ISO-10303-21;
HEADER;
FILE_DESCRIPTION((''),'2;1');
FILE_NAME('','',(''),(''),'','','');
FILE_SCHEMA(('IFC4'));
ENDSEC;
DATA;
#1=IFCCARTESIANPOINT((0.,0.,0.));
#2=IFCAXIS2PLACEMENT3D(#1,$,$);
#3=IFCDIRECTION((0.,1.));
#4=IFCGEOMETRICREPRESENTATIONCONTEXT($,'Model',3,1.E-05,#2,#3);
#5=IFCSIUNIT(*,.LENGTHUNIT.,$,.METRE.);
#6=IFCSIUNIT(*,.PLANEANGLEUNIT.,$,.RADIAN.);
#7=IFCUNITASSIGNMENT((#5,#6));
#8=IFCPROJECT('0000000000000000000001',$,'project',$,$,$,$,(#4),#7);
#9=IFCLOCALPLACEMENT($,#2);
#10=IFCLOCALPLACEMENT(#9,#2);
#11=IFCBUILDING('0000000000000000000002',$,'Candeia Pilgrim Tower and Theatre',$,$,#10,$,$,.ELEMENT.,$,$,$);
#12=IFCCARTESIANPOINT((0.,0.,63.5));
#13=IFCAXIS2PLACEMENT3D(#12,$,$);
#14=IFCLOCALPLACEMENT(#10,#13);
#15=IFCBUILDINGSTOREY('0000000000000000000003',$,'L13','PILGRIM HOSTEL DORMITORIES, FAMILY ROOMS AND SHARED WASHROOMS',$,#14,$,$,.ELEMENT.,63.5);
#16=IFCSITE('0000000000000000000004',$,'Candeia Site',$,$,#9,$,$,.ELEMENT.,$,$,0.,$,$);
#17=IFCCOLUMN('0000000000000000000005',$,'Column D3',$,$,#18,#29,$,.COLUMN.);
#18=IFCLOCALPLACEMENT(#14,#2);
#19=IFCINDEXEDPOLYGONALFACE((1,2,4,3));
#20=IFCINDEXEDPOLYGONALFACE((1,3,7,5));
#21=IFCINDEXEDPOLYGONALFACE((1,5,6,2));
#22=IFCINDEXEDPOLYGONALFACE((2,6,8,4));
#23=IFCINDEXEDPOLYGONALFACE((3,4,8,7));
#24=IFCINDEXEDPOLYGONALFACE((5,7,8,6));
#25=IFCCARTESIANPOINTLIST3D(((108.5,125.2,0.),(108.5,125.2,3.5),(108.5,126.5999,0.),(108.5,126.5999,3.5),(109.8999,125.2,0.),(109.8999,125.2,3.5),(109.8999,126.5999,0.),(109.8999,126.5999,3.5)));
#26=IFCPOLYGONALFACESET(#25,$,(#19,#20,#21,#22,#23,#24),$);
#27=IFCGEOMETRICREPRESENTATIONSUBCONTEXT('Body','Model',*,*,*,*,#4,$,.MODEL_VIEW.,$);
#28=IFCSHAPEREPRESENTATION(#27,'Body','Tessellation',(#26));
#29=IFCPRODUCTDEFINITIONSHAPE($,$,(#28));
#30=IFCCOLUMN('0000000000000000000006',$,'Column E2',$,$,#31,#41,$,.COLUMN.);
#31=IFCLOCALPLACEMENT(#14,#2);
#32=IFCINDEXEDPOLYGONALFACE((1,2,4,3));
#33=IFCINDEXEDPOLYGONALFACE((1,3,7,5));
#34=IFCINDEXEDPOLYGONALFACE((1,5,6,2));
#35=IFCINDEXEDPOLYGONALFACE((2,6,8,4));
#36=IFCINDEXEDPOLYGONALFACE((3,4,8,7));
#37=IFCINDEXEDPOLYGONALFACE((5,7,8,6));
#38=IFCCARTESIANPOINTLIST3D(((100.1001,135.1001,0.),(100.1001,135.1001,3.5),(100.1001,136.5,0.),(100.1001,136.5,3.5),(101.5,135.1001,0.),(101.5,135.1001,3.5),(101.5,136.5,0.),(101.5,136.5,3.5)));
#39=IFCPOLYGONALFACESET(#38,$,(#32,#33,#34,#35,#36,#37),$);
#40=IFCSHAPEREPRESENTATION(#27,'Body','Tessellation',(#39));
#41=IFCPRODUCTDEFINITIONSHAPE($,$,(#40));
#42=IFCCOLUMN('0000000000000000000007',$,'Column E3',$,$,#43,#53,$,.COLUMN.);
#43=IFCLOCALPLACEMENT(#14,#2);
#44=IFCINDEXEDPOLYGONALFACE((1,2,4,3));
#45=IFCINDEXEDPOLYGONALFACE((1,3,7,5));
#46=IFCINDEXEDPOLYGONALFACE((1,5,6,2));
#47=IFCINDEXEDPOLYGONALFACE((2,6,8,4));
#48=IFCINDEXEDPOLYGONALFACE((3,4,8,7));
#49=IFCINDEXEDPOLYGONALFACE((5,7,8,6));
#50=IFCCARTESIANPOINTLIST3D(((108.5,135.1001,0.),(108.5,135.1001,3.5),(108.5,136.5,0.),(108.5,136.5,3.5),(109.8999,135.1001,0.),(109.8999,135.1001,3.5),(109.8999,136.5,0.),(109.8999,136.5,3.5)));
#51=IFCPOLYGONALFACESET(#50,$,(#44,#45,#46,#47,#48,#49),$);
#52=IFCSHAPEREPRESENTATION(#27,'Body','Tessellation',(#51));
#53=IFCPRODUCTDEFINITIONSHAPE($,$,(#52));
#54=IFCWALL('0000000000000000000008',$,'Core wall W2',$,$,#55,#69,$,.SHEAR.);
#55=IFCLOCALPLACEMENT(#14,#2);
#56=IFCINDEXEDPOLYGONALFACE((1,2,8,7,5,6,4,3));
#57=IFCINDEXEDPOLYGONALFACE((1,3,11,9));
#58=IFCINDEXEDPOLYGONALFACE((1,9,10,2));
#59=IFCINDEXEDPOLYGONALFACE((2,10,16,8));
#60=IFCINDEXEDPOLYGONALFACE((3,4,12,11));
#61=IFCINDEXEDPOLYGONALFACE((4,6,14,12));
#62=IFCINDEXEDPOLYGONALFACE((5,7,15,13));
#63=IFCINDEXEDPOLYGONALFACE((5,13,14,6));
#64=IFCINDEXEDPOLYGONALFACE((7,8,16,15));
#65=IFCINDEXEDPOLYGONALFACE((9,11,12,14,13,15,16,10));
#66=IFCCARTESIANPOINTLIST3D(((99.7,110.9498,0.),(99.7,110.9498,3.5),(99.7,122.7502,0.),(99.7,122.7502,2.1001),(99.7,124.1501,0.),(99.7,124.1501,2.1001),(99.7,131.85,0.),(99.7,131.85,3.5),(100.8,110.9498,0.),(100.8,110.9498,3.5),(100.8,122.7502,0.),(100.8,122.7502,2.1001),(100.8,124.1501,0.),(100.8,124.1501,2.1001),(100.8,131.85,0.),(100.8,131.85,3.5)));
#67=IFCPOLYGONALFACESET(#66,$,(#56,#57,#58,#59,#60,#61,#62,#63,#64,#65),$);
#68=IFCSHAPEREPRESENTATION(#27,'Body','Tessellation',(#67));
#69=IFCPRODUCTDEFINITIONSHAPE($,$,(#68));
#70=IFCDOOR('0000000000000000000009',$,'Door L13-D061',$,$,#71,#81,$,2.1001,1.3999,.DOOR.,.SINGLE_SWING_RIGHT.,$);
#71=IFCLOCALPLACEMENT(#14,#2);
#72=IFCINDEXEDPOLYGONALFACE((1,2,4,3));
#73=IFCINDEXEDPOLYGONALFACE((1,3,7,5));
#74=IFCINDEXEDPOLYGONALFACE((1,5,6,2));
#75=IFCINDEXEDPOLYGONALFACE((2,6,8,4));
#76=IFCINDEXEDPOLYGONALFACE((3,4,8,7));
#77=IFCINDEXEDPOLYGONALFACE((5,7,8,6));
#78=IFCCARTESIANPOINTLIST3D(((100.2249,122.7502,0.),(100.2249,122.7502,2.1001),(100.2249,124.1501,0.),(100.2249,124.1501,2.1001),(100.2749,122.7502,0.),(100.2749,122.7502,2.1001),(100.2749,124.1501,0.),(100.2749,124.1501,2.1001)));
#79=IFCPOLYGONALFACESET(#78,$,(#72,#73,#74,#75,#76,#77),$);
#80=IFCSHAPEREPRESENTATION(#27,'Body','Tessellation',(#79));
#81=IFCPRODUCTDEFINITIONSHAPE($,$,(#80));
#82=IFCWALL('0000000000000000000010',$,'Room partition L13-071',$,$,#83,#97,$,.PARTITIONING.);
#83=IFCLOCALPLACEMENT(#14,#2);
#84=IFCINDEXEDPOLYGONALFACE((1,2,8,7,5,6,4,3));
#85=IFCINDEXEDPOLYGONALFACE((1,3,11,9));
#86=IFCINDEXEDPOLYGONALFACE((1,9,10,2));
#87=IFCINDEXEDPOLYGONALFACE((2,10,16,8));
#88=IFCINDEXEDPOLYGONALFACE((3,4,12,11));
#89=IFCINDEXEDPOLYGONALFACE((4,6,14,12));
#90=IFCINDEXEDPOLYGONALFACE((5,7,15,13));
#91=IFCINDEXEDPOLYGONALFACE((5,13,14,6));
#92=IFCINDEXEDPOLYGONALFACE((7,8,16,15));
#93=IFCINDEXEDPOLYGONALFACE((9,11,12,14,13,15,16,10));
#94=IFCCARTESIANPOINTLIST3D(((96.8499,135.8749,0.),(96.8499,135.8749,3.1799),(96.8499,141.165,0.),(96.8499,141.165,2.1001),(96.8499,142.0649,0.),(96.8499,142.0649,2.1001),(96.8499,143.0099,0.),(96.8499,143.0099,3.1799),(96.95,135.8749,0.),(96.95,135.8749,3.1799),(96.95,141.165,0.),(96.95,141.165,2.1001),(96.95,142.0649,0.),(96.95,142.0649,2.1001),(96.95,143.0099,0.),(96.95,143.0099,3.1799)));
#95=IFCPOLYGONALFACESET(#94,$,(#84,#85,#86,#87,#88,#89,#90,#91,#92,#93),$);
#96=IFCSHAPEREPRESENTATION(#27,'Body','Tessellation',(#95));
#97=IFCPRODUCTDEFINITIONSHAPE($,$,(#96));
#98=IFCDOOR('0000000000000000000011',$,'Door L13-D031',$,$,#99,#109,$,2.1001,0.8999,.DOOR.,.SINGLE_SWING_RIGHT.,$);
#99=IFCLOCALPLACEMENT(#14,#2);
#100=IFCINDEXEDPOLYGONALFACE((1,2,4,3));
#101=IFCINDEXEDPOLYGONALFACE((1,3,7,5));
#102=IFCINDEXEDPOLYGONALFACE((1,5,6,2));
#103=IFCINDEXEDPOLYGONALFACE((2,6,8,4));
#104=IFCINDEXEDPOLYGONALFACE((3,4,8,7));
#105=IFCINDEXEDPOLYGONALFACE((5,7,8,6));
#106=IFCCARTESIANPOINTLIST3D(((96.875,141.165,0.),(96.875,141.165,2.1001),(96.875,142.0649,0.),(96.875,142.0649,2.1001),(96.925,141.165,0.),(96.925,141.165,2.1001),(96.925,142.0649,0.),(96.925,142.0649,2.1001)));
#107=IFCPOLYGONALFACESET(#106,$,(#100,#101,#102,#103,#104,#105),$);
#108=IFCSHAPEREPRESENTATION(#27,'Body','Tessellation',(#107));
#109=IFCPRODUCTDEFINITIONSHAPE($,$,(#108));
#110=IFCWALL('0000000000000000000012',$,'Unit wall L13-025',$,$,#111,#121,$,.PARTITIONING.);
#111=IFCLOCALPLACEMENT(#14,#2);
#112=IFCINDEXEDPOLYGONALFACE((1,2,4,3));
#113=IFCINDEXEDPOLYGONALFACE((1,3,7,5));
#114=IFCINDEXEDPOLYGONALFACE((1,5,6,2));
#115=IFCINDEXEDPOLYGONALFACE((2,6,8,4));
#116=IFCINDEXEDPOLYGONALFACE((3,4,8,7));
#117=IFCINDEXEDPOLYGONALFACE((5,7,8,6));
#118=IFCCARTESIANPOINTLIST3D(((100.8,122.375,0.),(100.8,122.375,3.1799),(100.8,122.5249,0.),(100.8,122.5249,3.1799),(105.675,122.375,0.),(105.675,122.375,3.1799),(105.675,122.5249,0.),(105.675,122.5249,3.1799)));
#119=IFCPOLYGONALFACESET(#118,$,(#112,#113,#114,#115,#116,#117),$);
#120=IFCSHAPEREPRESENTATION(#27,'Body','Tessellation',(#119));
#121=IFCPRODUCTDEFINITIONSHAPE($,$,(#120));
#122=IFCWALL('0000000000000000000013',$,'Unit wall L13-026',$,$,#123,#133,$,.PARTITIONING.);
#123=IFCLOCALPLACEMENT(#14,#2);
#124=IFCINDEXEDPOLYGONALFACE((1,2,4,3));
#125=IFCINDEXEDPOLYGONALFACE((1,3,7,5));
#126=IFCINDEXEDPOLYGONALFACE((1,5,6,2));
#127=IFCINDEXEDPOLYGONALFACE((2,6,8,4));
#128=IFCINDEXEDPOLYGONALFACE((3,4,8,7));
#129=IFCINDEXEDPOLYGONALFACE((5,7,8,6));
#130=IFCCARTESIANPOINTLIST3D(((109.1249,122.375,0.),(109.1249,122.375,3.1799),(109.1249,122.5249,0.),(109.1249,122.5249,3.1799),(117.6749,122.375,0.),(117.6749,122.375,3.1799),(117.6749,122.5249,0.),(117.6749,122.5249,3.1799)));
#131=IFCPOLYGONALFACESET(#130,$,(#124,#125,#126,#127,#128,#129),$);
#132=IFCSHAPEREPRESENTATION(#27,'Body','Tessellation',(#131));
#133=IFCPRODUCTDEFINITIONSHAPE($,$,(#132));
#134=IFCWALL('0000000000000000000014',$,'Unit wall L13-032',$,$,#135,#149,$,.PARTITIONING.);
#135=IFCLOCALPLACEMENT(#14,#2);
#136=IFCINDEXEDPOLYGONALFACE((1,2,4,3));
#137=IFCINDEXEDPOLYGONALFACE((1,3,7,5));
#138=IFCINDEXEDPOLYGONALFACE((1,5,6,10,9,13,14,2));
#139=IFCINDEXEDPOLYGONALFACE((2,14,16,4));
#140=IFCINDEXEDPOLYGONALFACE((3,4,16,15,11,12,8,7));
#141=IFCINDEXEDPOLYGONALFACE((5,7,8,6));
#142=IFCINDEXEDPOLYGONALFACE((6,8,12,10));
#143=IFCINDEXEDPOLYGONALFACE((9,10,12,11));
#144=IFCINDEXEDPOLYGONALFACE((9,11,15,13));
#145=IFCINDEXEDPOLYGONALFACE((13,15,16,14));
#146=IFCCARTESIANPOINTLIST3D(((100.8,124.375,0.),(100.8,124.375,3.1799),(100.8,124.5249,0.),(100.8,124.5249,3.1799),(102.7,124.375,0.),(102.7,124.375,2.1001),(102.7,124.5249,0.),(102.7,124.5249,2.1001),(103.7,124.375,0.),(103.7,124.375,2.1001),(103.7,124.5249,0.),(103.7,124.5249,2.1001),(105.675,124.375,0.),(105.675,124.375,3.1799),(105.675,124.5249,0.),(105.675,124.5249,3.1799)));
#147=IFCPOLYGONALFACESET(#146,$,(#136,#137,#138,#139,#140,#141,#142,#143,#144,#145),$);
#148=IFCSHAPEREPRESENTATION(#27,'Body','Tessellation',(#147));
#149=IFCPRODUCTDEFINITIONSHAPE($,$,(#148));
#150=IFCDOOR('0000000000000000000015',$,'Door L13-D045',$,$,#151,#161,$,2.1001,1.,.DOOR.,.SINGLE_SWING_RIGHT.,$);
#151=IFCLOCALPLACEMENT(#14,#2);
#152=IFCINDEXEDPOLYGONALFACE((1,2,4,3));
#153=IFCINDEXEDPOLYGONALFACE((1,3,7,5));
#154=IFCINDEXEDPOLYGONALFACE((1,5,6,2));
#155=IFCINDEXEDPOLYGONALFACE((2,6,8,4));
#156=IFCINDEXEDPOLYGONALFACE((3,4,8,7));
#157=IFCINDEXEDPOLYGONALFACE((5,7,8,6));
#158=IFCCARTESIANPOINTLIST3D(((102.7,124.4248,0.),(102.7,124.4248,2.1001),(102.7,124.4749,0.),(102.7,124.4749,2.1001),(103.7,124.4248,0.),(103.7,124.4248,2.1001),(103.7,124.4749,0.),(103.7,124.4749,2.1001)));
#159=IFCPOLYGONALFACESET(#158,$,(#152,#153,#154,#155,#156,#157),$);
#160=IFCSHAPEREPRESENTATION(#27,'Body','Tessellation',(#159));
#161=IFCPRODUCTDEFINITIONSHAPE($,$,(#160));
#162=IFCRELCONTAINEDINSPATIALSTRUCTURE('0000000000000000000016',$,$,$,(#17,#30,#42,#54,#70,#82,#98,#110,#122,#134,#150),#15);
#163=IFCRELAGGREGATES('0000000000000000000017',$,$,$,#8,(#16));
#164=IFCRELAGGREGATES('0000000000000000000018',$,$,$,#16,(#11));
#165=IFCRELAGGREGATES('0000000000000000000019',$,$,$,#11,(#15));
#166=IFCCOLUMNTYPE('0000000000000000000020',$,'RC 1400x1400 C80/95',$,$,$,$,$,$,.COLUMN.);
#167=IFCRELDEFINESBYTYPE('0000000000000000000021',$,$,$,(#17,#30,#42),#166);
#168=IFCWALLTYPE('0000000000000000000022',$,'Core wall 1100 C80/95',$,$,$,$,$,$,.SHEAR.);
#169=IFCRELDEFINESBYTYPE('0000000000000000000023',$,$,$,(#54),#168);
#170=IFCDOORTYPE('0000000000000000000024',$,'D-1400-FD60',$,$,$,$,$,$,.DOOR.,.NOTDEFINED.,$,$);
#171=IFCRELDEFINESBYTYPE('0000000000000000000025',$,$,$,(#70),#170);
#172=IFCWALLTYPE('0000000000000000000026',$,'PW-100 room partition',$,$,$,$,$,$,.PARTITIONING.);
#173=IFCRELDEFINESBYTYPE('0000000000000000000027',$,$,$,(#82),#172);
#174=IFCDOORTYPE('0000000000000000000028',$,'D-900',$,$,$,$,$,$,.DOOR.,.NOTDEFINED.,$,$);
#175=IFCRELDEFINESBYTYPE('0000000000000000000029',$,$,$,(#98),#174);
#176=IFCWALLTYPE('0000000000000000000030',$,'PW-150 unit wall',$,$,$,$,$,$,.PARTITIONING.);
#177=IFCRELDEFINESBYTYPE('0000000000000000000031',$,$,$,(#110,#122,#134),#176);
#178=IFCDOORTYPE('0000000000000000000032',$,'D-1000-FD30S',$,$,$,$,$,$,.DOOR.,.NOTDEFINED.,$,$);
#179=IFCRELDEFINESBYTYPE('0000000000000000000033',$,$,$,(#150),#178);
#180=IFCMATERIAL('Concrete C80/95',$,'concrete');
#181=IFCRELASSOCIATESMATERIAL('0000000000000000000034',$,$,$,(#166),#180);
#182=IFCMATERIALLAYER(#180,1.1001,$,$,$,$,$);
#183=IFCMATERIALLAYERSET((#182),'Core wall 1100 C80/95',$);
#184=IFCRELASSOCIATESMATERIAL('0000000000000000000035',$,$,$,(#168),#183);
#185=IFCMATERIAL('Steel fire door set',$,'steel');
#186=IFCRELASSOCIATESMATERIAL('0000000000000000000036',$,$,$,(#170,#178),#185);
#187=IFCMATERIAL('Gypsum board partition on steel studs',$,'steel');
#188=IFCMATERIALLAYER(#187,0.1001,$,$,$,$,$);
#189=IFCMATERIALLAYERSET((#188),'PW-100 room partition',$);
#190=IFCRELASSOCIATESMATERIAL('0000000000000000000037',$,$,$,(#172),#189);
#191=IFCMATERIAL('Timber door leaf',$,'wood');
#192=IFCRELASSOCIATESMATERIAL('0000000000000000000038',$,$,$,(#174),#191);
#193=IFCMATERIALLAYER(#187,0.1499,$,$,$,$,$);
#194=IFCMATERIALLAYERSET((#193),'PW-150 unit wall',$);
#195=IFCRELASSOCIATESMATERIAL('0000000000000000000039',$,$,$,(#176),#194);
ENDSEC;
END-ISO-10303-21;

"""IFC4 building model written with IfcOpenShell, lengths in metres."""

from ifc_helpers import new_model, si_unit, direction, frame, frame_2d, origin, origin_2d, place, context, subcontext, project, spatial, rectangle, extrude, material, layer, layer_set, material_profile, profile_set, type_object, element, fill, save


model = new_model("IFC4")

# Units and contexts
model_context = context("Model", 3, precision=1e-05, world=origin(), true_north=direction((0.0, 1.0)))
body_context = subcontext(model_context, "Body", "Model", "MODEL_VIEW")
ifc_project = project(units=[si_unit("LENGTHUNIT", "METRE"), si_unit("PLANEANGLEUNIT", "RADIAN")], contexts=[model_context])

# Site, building, storey
site_placement = place(None, origin())
site = spatial("IfcSite", under=ifc_project, at=site_placement, Name="Candeia Site", CompositionType="ELEMENT", RefElevation=0.0)
building_placement = place(site_placement, origin())
building = spatial("IfcBuilding", under=site, at=building_placement, Name="Candeia Pilgrim Tower and Theatre", CompositionType="ELEMENT")
storey_placement = place(building_placement, frame((0.0, 0.0, 63.5)))
storey = spatial("IfcBuildingStorey", under=building, at=storey_placement, Name="L13", Description="PILGRIM HOSTEL DORMITORIES, FAMILY ROOMS AND SHARED WASHROOMS", CompositionType="ELEMENT", Elevation=63.5)

# Columns
ifc_material_1 = material(Name="Concrete C80/95", Category="concrete")
ifc_material_profile = material_profile(ifc_material_1, rectangle(XDim=1.3999, YDim=1.3999, at=origin_2d()))
ifc_profile_set = profile_set([ifc_material_profile], Name="Concrete C80/95")
column_type = type_object("IfcColumnType", Name="RC 1400x1400 C80/95", PredefinedType="COLUMN", material=ifc_profile_set)
for number, where, z_axis, x_axis, name in (
    (1, (109.2, 125.8999, 0.0), (0.0, 0.0, 1.0), (1.0, 0.0, 0.0), "Column D3"),
    (2, (100.8, 135.8, 0.0), (0.0, 0.0, 1.0), (1.0, 0.0, 0.0), "Column E2"),
    (3, (109.2, 135.8, 0.0), (0.0, 0.0, 1.0), (1.0, 0.0, 0.0), "Column E3"),
):
    element("IfcColumn", number, at=place(storey_placement, frame(where, z_axis=z_axis, x_axis=x_axis)), inside=storey, type_object=column_type, Name=name, PredefinedType="COLUMN", context=body_context, shape_type="SweptSolid", body=[
        extrude(rectangle(XDim=1.3999, YDim=1.3999, at=origin_2d()), origin(), (0.0, 0.0, 1.0), 3.5),
    ])

# Walls, openings, doors
ifc_layer_1 = layer(ifc_material_1, 1.1001)
ifc_layer_set_1 = layer_set([ifc_layer_1], Name="Core wall 1100 C80/95")
wall_type_1 = type_object("IfcWallType", Name="Core wall 1100 C80/95", PredefinedType="SHEAR", material=ifc_layer_set_1)
wall_1_placement = place(storey_placement, frame((100.25, 131.8501, 0.0), z_axis=(0.0, 0.0, 1.0), x_axis=(0.0, -1.0, 0.0)))
wall_1 = element("IfcWall", 4, at=wall_1_placement, inside=storey, type_object=wall_type_1, Name="Core wall W2", PredefinedType="SHEAR", context=body_context, shape_type="SweptSolid", body=[
    extrude(rectangle(XDim=20.9001, YDim=1.1001, at=frame_2d((10.4502, 0.0))), origin(), (0.0, 0.0, 1.0), 3.5),
])
opening_1_placement = place(wall_1_placement, frame((7.7, 0.0, 0.0)))
opening_1 = element("IfcOpeningElement", 5, at=opening_1_placement, cuts=wall_1, PredefinedType="OPENING", context=body_context, shape_type="SweptSolid", body=[
    extrude(rectangle(XDim=1.3999, YDim=2.1001, at=frame_2d((0.7, 1.05))), frame((0.0, 0.5601, 0.0), z_axis=(0.0, -1.0, 0.0), x_axis=(1.0, 0.0, 0.0)), (0.0, 0.0, 1.0), 1.1201),
])
ifc_material_2 = material(Name="Steel fire door set", Category="steel")
door_type_1 = type_object("IfcDoorType", Name="D-1400-FD60", OperationType="NOTDEFINED", PredefinedType="DOOR", material=ifc_material_2)
door_1_placement = place(opening_1_placement, origin())
door_1 = element("IfcDoor", 6, at=door_1_placement, inside=storey, type_object=door_type_1, Name="Door L13-D061", OperationType="SINGLE_SWING_RIGHT", OverallHeight=2.1001, OverallWidth=1.3999, PredefinedType="DOOR", context=body_context, shape_type="SweptSolid", body=[
    extrude(rectangle(XDim=1.3999, YDim=2.1001, at=frame_2d((0.7, 1.05))), frame((0.0, 0.0249, 0.0), z_axis=(0.0, -1.0, 0.0), x_axis=(1.0, 0.0, 0.0)), (0.0, 0.0, 1.0), 0.05),
])
fill(opening_1, door_1)
ifc_material_3 = material(Name="Gypsum board partition on steel studs", Category="steel")
ifc_layer_2 = layer(ifc_material_3, 0.1001)
ifc_layer_set_2 = layer_set([ifc_layer_2], Name="PW-100 room partition")
wall_type_2 = type_object("IfcWallType", Name="PW-100 room partition", PredefinedType="PARTITIONING", material=ifc_layer_set_2)
wall_2_placement = place(storey_placement, frame((96.8999, 135.875, 0.0), z_axis=(0.0, 0.0, 1.0), x_axis=(0.0, 1.0, 0.0)))
wall_2 = element("IfcWall", 7, at=wall_2_placement, inside=storey, type_object=wall_type_2, Name="Room partition L13-071", PredefinedType="PARTITIONING", context=body_context, shape_type="SweptSolid", body=[
    extrude(rectangle(XDim=7.135, YDim=0.1001, at=frame_2d((3.5674, 0.0))), origin(), (0.0, 0.0, 1.0), 3.1799),
])
opening_2_placement = place(wall_2_placement, frame((5.29, 0.0, 0.0)))
opening_2 = element("IfcOpeningElement", 8, at=opening_2_placement, cuts=wall_2, PredefinedType="OPENING", context=body_context, shape_type="SweptSolid", body=[
    extrude(rectangle(XDim=0.8999, YDim=2.1001, at=frame_2d((0.45, 1.05))), frame((0.0, 0.0601, 0.0), z_axis=(0.0, -1.0, 0.0), x_axis=(1.0, 0.0, 0.0)), (0.0, 0.0, 1.0), 0.1201),
])
ifc_material_4 = material(Name="Timber door leaf", Category="wood")
door_type_2 = type_object("IfcDoorType", Name="D-900", OperationType="NOTDEFINED", PredefinedType="DOOR", material=ifc_material_4)
door_2_placement = place(opening_2_placement, origin())
door_2 = element("IfcDoor", 9, at=door_2_placement, inside=storey, type_object=door_type_2, Name="Door L13-D031", OperationType="SINGLE_SWING_RIGHT", OverallHeight=2.1001, OverallWidth=0.8999, PredefinedType="DOOR", context=body_context, shape_type="SweptSolid", body=[
    extrude(rectangle(XDim=0.8999, YDim=2.1001, at=frame_2d((0.45, 1.05))), frame((0.0, 0.0249, 0.0), z_axis=(0.0, -1.0, 0.0), x_axis=(1.0, 0.0, 0.0)), (0.0, 0.0, 1.0), 0.05),
])
fill(opening_2, door_2)

# Walls
ifc_layer_3 = layer(ifc_material_3, 0.1499)
ifc_layer_set_3 = layer_set([ifc_layer_3], Name="PW-150 unit wall")
wall_type_3 = type_object("IfcWallType", Name="PW-150 unit wall", PredefinedType="PARTITIONING", material=ifc_layer_set_3)
wall_3_placement = place(storey_placement, frame((100.8, 122.45, 0.0), z_axis=(0.0, 0.0, 1.0), x_axis=(1.0, 0.0, 0.0)))
element("IfcWall", 10, at=wall_3_placement, inside=storey, type_object=wall_type_3, Name="Unit wall L13-025", PredefinedType="PARTITIONING", context=body_context, shape_type="SweptSolid", body=[
    extrude(rectangle(XDim=4.875, YDim=0.1499, at=frame_2d((2.4375, 0.0))), origin(), (0.0, 0.0, 1.0), 3.1799),
])
wall_4_placement = place(storey_placement, frame((109.125, 122.45, 0.0), z_axis=(0.0, 0.0, 1.0), x_axis=(1.0, 0.0, 0.0)))
element("IfcWall", 11, at=wall_4_placement, inside=storey, type_object=wall_type_3, Name="Unit wall L13-026", PredefinedType="PARTITIONING", context=body_context, shape_type="SweptSolid", body=[
    extrude(rectangle(XDim=8.55, YDim=0.1499, at=frame_2d((4.2749, 0.0))), origin(), (0.0, 0.0, 1.0), 3.1799),
])

# Wall, opening, door
wall_5_placement = place(storey_placement, frame((100.8, 124.45, 0.0), z_axis=(0.0, 0.0, 1.0), x_axis=(1.0, 0.0, 0.0)))
wall_5 = element("IfcWall", 12, at=wall_5_placement, inside=storey, type_object=wall_type_3, Name="Unit wall L13-032", PredefinedType="PARTITIONING", context=body_context, shape_type="SweptSolid", body=[
    extrude(rectangle(XDim=4.875, YDim=0.1499, at=frame_2d((2.4375, 0.0))), origin(), (0.0, 0.0, 1.0), 3.1799),
])
opening_3_placement = place(wall_5_placement, frame((1.8999, 0.0, 0.0)))
opening_3 = element("IfcOpeningElement", 13, at=opening_3_placement, cuts=wall_5, PredefinedType="OPENING", context=body_context, shape_type="SweptSolid", body=[
    extrude(rectangle(XDim=1.0, YDim=2.1001, at=frame_2d((0.5, 1.05))), frame((0.0, 0.085, 0.0), z_axis=(0.0, -1.0, 0.0), x_axis=(1.0, 0.0, 0.0)), (0.0, 0.0, 1.0), 0.1699),
])
door_type_3 = type_object("IfcDoorType", Name="D-1000-FD30S", OperationType="NOTDEFINED", PredefinedType="DOOR", material=ifc_material_2)
door_3_placement = place(opening_3_placement, origin())
door_3 = element("IfcDoor", 14, at=door_3_placement, inside=storey, type_object=door_type_3, Name="Door L13-D045", OperationType="SINGLE_SWING_RIGHT", OverallHeight=2.1001, OverallWidth=1.0, PredefinedType="DOOR", context=body_context, shape_type="SweptSolid", body=[
    extrude(rectangle(XDim=1.0, YDim=2.1001, at=frame_2d((0.5, 1.05))), frame((0.0, 0.0249, 0.0), z_axis=(0.0, -1.0, 0.0), x_axis=(1.0, 0.0, 0.0)), (0.0, 0.0, 1.0), 0.05),
])
fill(opening_3, door_3)

save(model, "model.ifc")
